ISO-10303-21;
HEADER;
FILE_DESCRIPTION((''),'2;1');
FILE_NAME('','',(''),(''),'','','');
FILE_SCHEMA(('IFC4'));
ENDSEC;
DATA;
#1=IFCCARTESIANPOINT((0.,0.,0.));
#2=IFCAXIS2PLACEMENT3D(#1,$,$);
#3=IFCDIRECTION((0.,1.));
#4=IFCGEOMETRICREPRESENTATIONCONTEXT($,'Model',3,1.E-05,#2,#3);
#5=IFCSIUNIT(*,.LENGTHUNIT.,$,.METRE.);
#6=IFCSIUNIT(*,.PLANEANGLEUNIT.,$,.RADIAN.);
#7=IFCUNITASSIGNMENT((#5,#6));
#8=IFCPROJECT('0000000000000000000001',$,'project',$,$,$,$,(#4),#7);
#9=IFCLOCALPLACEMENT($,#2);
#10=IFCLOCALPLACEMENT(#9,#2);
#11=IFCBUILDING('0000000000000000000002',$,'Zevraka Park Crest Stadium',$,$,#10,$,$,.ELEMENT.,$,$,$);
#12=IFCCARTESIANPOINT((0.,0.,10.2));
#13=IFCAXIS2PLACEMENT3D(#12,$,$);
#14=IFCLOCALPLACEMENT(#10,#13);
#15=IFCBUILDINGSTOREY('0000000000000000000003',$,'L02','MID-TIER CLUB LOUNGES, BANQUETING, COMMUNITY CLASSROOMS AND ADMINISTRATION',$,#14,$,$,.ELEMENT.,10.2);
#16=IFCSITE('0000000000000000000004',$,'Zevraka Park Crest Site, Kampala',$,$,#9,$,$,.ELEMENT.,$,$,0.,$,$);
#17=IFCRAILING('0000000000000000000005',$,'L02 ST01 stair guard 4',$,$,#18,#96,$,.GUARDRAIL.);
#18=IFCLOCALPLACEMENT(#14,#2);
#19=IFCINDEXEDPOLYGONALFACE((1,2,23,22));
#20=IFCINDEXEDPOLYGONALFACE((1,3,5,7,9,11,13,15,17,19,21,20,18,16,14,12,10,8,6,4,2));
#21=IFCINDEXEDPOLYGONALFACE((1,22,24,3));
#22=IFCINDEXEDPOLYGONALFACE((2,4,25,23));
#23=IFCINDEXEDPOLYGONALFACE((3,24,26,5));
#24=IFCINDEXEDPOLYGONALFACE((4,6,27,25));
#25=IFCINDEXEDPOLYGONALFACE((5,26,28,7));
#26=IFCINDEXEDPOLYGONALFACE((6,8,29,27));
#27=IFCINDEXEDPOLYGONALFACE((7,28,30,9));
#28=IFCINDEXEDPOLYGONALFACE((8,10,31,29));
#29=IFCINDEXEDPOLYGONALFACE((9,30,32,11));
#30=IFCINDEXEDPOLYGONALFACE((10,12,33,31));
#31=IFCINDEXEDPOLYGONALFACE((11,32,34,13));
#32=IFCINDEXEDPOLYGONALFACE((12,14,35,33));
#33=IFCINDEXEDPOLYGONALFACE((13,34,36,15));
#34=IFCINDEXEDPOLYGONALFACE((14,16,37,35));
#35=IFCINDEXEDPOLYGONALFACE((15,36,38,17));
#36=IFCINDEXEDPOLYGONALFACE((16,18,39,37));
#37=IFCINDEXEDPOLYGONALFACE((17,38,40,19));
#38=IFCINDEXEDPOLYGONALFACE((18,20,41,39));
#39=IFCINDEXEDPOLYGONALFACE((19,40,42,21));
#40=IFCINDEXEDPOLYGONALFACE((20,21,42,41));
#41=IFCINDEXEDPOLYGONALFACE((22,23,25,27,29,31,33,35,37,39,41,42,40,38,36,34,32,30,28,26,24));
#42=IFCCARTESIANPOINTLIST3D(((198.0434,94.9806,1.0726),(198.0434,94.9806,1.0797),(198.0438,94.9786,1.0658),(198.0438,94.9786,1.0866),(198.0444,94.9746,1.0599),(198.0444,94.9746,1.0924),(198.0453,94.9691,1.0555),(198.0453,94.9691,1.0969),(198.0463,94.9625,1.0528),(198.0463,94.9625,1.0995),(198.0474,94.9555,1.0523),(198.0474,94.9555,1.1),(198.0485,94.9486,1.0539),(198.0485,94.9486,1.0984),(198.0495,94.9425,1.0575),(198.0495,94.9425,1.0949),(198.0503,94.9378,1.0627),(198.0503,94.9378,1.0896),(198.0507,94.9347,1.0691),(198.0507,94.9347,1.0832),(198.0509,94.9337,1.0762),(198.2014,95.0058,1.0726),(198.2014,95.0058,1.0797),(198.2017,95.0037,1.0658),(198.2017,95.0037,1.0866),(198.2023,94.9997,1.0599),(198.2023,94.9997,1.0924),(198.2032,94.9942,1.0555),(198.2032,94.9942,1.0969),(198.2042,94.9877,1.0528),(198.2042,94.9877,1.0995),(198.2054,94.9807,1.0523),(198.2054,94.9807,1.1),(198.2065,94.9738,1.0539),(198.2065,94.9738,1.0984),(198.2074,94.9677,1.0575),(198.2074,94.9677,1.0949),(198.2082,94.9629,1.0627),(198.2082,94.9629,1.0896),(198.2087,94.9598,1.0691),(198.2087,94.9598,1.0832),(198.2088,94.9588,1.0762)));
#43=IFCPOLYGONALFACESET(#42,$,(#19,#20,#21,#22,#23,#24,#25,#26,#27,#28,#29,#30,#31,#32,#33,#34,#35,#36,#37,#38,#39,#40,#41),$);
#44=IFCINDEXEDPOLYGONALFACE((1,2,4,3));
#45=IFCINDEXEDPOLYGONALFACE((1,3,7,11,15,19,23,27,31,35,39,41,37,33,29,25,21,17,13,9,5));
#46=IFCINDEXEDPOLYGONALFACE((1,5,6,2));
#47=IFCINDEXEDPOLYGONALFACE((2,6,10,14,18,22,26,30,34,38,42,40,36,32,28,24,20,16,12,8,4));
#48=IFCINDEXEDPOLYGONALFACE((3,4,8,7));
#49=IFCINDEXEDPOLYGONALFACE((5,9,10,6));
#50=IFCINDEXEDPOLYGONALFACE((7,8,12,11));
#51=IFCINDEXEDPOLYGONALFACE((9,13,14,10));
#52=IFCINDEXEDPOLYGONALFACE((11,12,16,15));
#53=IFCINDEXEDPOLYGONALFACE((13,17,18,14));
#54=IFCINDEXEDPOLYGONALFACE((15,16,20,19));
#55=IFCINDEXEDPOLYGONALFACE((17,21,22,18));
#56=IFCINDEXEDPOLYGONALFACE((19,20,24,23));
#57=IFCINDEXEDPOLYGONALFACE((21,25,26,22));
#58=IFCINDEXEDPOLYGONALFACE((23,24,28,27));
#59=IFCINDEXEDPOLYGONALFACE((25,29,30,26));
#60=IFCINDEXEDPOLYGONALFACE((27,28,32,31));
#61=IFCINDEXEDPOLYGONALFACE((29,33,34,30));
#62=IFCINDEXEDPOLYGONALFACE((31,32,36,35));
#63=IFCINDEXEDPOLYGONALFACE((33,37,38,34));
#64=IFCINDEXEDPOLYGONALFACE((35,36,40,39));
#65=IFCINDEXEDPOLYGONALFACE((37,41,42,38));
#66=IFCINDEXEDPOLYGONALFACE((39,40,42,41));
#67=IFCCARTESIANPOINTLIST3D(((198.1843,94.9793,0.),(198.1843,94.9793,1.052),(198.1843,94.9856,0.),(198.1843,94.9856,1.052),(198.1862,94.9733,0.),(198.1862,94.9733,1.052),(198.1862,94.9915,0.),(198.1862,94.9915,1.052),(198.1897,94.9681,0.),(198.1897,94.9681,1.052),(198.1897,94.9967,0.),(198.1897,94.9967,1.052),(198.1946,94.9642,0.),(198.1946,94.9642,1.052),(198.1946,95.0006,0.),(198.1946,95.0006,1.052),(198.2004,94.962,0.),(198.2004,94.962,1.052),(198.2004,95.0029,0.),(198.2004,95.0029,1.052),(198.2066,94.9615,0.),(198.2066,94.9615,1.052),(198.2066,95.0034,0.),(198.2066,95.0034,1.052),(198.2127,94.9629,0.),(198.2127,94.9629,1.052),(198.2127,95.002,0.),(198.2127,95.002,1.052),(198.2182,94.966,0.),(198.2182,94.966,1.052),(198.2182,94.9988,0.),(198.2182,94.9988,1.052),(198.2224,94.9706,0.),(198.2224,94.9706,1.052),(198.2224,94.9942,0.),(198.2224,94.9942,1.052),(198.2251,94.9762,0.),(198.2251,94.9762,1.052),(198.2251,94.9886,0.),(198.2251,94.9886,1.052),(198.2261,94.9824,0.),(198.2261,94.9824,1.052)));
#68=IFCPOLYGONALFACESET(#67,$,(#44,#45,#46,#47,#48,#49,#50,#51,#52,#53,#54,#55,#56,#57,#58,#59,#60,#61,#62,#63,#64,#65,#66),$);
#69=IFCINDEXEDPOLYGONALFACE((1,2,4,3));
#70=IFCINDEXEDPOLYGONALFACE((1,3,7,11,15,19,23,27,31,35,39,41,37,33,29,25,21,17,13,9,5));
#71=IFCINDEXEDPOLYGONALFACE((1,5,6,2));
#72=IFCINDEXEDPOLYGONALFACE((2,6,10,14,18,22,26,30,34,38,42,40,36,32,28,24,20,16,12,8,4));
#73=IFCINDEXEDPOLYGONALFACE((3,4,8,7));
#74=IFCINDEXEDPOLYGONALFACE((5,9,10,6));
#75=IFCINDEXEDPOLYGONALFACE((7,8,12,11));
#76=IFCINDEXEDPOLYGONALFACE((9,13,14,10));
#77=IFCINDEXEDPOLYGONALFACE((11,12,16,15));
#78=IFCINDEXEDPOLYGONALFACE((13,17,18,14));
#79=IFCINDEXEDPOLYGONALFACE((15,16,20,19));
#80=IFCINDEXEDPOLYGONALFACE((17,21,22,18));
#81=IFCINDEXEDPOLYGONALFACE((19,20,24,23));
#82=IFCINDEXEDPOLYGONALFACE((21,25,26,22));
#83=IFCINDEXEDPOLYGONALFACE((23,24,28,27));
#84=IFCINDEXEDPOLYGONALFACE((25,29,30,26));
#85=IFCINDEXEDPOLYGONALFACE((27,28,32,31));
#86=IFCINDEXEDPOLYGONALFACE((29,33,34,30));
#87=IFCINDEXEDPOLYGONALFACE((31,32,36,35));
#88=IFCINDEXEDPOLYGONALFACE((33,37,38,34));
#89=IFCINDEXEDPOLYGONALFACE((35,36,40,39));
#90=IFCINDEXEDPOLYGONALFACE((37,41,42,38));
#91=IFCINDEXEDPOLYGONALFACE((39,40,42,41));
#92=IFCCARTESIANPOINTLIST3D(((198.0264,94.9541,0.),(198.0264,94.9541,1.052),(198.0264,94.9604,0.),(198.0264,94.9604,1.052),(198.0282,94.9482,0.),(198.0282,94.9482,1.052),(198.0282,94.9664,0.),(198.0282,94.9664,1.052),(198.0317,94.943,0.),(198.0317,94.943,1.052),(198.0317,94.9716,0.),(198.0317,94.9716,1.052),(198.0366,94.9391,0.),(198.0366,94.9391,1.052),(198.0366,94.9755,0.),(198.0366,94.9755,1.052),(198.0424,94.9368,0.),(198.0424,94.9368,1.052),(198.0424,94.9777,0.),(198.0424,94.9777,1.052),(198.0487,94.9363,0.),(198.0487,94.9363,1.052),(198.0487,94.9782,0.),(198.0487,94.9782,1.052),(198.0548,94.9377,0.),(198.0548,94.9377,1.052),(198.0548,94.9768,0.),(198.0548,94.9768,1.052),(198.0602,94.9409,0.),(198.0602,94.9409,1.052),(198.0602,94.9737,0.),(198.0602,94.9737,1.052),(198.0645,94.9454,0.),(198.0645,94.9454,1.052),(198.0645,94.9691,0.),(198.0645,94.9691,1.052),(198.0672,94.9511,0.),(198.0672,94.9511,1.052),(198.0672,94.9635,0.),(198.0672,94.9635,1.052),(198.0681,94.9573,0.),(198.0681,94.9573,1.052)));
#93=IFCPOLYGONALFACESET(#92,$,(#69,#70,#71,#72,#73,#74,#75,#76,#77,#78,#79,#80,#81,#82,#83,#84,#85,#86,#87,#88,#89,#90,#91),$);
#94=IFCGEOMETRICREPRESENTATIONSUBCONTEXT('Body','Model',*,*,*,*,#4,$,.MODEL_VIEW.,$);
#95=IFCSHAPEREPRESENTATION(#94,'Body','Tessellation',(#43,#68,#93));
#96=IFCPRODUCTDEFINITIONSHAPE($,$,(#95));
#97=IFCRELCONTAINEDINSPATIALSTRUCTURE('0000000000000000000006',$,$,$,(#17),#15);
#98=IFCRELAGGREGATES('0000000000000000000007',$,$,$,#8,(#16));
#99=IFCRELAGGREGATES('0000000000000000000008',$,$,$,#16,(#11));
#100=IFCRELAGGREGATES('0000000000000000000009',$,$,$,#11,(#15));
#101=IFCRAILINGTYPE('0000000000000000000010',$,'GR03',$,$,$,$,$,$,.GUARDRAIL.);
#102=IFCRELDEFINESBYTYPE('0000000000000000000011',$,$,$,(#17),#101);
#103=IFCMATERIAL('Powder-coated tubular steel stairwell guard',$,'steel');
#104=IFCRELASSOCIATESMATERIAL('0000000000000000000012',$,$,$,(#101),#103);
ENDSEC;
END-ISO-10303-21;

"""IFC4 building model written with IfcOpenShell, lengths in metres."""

from ifc_helpers import new_model, si_unit, direction, frame, origin, origin_2d, place, context, subcontext, project, spatial, circle, extrude, material, type_object, element, save


model = new_model("IFC4")

# Units and contexts
model_context = context("Model", 3, precision=1e-05, world=origin(), true_north=direction((0.0, 1.0)))
body_context = subcontext(model_context, "Body", "Model", "MODEL_VIEW")
ifc_project = project(units=[si_unit("LENGTHUNIT", "METRE"), si_unit("PLANEANGLEUNIT", "RADIAN")], contexts=[model_context])

# Site, building, storey
site_placement = place(None, origin())
site = spatial("IfcSite", under=ifc_project, at=site_placement, Name="Zevraka Park Crest Site, Kampala", CompositionType="ELEMENT", RefElevation=0.0)
building_placement = place(site_placement, origin())
building = spatial("IfcBuilding", under=site, at=building_placement, Name="Zevraka Park Crest Stadium", CompositionType="ELEMENT")
storey_placement = place(building_placement, frame((0.0, 0.0, 10.2)))
storey = spatial("IfcBuildingStorey", under=building, at=storey_placement, Name="L02", Description="MID-TIER CLUB LOUNGES, BANQUETING, COMMUNITY CLASSROOMS AND ADMINISTRATION", CompositionType="ELEMENT", Elevation=10.2)

# Railing
ifc_material_1 = material(Name="Powder-coated tubular steel stairwell guard", Category="steel")
railing_type_1 = type_object("IfcRailingType", Name="GR03", PredefinedType="GUARDRAIL", material=ifc_material_1)
railing_1_placement = place(storey_placement, frame((198.2051, 94.9824, 0.0)))
element("IfcRailing", 1, at=railing_1_placement, inside=storey, type_object=railing_type_1, Name="L02 ST01 stair guard 4", PredefinedType="GUARDRAIL", context=body_context, shape_type="SweptSolid", body=[
    extrude(circle(Radius=0.0239, at=origin_2d()), frame((0.0, 0.0, 1.0762), z_axis=(-0.987564, -0.157217, 0.0), x_axis=(0.157217, -0.987564, 0.0)), (0.0, 0.0, 1.0), 0.1599),
    extrude(circle(Radius=0.021, at=origin_2d()), origin(), (0.0, 0.0, 1.0), 1.052),
    extrude(circle(Radius=0.021, at=origin_2d()), frame((-0.158, -0.0251, 0.0)), (0.0, 0.0, 1.0), 1.052),
])

save(model, "model.ifc")
